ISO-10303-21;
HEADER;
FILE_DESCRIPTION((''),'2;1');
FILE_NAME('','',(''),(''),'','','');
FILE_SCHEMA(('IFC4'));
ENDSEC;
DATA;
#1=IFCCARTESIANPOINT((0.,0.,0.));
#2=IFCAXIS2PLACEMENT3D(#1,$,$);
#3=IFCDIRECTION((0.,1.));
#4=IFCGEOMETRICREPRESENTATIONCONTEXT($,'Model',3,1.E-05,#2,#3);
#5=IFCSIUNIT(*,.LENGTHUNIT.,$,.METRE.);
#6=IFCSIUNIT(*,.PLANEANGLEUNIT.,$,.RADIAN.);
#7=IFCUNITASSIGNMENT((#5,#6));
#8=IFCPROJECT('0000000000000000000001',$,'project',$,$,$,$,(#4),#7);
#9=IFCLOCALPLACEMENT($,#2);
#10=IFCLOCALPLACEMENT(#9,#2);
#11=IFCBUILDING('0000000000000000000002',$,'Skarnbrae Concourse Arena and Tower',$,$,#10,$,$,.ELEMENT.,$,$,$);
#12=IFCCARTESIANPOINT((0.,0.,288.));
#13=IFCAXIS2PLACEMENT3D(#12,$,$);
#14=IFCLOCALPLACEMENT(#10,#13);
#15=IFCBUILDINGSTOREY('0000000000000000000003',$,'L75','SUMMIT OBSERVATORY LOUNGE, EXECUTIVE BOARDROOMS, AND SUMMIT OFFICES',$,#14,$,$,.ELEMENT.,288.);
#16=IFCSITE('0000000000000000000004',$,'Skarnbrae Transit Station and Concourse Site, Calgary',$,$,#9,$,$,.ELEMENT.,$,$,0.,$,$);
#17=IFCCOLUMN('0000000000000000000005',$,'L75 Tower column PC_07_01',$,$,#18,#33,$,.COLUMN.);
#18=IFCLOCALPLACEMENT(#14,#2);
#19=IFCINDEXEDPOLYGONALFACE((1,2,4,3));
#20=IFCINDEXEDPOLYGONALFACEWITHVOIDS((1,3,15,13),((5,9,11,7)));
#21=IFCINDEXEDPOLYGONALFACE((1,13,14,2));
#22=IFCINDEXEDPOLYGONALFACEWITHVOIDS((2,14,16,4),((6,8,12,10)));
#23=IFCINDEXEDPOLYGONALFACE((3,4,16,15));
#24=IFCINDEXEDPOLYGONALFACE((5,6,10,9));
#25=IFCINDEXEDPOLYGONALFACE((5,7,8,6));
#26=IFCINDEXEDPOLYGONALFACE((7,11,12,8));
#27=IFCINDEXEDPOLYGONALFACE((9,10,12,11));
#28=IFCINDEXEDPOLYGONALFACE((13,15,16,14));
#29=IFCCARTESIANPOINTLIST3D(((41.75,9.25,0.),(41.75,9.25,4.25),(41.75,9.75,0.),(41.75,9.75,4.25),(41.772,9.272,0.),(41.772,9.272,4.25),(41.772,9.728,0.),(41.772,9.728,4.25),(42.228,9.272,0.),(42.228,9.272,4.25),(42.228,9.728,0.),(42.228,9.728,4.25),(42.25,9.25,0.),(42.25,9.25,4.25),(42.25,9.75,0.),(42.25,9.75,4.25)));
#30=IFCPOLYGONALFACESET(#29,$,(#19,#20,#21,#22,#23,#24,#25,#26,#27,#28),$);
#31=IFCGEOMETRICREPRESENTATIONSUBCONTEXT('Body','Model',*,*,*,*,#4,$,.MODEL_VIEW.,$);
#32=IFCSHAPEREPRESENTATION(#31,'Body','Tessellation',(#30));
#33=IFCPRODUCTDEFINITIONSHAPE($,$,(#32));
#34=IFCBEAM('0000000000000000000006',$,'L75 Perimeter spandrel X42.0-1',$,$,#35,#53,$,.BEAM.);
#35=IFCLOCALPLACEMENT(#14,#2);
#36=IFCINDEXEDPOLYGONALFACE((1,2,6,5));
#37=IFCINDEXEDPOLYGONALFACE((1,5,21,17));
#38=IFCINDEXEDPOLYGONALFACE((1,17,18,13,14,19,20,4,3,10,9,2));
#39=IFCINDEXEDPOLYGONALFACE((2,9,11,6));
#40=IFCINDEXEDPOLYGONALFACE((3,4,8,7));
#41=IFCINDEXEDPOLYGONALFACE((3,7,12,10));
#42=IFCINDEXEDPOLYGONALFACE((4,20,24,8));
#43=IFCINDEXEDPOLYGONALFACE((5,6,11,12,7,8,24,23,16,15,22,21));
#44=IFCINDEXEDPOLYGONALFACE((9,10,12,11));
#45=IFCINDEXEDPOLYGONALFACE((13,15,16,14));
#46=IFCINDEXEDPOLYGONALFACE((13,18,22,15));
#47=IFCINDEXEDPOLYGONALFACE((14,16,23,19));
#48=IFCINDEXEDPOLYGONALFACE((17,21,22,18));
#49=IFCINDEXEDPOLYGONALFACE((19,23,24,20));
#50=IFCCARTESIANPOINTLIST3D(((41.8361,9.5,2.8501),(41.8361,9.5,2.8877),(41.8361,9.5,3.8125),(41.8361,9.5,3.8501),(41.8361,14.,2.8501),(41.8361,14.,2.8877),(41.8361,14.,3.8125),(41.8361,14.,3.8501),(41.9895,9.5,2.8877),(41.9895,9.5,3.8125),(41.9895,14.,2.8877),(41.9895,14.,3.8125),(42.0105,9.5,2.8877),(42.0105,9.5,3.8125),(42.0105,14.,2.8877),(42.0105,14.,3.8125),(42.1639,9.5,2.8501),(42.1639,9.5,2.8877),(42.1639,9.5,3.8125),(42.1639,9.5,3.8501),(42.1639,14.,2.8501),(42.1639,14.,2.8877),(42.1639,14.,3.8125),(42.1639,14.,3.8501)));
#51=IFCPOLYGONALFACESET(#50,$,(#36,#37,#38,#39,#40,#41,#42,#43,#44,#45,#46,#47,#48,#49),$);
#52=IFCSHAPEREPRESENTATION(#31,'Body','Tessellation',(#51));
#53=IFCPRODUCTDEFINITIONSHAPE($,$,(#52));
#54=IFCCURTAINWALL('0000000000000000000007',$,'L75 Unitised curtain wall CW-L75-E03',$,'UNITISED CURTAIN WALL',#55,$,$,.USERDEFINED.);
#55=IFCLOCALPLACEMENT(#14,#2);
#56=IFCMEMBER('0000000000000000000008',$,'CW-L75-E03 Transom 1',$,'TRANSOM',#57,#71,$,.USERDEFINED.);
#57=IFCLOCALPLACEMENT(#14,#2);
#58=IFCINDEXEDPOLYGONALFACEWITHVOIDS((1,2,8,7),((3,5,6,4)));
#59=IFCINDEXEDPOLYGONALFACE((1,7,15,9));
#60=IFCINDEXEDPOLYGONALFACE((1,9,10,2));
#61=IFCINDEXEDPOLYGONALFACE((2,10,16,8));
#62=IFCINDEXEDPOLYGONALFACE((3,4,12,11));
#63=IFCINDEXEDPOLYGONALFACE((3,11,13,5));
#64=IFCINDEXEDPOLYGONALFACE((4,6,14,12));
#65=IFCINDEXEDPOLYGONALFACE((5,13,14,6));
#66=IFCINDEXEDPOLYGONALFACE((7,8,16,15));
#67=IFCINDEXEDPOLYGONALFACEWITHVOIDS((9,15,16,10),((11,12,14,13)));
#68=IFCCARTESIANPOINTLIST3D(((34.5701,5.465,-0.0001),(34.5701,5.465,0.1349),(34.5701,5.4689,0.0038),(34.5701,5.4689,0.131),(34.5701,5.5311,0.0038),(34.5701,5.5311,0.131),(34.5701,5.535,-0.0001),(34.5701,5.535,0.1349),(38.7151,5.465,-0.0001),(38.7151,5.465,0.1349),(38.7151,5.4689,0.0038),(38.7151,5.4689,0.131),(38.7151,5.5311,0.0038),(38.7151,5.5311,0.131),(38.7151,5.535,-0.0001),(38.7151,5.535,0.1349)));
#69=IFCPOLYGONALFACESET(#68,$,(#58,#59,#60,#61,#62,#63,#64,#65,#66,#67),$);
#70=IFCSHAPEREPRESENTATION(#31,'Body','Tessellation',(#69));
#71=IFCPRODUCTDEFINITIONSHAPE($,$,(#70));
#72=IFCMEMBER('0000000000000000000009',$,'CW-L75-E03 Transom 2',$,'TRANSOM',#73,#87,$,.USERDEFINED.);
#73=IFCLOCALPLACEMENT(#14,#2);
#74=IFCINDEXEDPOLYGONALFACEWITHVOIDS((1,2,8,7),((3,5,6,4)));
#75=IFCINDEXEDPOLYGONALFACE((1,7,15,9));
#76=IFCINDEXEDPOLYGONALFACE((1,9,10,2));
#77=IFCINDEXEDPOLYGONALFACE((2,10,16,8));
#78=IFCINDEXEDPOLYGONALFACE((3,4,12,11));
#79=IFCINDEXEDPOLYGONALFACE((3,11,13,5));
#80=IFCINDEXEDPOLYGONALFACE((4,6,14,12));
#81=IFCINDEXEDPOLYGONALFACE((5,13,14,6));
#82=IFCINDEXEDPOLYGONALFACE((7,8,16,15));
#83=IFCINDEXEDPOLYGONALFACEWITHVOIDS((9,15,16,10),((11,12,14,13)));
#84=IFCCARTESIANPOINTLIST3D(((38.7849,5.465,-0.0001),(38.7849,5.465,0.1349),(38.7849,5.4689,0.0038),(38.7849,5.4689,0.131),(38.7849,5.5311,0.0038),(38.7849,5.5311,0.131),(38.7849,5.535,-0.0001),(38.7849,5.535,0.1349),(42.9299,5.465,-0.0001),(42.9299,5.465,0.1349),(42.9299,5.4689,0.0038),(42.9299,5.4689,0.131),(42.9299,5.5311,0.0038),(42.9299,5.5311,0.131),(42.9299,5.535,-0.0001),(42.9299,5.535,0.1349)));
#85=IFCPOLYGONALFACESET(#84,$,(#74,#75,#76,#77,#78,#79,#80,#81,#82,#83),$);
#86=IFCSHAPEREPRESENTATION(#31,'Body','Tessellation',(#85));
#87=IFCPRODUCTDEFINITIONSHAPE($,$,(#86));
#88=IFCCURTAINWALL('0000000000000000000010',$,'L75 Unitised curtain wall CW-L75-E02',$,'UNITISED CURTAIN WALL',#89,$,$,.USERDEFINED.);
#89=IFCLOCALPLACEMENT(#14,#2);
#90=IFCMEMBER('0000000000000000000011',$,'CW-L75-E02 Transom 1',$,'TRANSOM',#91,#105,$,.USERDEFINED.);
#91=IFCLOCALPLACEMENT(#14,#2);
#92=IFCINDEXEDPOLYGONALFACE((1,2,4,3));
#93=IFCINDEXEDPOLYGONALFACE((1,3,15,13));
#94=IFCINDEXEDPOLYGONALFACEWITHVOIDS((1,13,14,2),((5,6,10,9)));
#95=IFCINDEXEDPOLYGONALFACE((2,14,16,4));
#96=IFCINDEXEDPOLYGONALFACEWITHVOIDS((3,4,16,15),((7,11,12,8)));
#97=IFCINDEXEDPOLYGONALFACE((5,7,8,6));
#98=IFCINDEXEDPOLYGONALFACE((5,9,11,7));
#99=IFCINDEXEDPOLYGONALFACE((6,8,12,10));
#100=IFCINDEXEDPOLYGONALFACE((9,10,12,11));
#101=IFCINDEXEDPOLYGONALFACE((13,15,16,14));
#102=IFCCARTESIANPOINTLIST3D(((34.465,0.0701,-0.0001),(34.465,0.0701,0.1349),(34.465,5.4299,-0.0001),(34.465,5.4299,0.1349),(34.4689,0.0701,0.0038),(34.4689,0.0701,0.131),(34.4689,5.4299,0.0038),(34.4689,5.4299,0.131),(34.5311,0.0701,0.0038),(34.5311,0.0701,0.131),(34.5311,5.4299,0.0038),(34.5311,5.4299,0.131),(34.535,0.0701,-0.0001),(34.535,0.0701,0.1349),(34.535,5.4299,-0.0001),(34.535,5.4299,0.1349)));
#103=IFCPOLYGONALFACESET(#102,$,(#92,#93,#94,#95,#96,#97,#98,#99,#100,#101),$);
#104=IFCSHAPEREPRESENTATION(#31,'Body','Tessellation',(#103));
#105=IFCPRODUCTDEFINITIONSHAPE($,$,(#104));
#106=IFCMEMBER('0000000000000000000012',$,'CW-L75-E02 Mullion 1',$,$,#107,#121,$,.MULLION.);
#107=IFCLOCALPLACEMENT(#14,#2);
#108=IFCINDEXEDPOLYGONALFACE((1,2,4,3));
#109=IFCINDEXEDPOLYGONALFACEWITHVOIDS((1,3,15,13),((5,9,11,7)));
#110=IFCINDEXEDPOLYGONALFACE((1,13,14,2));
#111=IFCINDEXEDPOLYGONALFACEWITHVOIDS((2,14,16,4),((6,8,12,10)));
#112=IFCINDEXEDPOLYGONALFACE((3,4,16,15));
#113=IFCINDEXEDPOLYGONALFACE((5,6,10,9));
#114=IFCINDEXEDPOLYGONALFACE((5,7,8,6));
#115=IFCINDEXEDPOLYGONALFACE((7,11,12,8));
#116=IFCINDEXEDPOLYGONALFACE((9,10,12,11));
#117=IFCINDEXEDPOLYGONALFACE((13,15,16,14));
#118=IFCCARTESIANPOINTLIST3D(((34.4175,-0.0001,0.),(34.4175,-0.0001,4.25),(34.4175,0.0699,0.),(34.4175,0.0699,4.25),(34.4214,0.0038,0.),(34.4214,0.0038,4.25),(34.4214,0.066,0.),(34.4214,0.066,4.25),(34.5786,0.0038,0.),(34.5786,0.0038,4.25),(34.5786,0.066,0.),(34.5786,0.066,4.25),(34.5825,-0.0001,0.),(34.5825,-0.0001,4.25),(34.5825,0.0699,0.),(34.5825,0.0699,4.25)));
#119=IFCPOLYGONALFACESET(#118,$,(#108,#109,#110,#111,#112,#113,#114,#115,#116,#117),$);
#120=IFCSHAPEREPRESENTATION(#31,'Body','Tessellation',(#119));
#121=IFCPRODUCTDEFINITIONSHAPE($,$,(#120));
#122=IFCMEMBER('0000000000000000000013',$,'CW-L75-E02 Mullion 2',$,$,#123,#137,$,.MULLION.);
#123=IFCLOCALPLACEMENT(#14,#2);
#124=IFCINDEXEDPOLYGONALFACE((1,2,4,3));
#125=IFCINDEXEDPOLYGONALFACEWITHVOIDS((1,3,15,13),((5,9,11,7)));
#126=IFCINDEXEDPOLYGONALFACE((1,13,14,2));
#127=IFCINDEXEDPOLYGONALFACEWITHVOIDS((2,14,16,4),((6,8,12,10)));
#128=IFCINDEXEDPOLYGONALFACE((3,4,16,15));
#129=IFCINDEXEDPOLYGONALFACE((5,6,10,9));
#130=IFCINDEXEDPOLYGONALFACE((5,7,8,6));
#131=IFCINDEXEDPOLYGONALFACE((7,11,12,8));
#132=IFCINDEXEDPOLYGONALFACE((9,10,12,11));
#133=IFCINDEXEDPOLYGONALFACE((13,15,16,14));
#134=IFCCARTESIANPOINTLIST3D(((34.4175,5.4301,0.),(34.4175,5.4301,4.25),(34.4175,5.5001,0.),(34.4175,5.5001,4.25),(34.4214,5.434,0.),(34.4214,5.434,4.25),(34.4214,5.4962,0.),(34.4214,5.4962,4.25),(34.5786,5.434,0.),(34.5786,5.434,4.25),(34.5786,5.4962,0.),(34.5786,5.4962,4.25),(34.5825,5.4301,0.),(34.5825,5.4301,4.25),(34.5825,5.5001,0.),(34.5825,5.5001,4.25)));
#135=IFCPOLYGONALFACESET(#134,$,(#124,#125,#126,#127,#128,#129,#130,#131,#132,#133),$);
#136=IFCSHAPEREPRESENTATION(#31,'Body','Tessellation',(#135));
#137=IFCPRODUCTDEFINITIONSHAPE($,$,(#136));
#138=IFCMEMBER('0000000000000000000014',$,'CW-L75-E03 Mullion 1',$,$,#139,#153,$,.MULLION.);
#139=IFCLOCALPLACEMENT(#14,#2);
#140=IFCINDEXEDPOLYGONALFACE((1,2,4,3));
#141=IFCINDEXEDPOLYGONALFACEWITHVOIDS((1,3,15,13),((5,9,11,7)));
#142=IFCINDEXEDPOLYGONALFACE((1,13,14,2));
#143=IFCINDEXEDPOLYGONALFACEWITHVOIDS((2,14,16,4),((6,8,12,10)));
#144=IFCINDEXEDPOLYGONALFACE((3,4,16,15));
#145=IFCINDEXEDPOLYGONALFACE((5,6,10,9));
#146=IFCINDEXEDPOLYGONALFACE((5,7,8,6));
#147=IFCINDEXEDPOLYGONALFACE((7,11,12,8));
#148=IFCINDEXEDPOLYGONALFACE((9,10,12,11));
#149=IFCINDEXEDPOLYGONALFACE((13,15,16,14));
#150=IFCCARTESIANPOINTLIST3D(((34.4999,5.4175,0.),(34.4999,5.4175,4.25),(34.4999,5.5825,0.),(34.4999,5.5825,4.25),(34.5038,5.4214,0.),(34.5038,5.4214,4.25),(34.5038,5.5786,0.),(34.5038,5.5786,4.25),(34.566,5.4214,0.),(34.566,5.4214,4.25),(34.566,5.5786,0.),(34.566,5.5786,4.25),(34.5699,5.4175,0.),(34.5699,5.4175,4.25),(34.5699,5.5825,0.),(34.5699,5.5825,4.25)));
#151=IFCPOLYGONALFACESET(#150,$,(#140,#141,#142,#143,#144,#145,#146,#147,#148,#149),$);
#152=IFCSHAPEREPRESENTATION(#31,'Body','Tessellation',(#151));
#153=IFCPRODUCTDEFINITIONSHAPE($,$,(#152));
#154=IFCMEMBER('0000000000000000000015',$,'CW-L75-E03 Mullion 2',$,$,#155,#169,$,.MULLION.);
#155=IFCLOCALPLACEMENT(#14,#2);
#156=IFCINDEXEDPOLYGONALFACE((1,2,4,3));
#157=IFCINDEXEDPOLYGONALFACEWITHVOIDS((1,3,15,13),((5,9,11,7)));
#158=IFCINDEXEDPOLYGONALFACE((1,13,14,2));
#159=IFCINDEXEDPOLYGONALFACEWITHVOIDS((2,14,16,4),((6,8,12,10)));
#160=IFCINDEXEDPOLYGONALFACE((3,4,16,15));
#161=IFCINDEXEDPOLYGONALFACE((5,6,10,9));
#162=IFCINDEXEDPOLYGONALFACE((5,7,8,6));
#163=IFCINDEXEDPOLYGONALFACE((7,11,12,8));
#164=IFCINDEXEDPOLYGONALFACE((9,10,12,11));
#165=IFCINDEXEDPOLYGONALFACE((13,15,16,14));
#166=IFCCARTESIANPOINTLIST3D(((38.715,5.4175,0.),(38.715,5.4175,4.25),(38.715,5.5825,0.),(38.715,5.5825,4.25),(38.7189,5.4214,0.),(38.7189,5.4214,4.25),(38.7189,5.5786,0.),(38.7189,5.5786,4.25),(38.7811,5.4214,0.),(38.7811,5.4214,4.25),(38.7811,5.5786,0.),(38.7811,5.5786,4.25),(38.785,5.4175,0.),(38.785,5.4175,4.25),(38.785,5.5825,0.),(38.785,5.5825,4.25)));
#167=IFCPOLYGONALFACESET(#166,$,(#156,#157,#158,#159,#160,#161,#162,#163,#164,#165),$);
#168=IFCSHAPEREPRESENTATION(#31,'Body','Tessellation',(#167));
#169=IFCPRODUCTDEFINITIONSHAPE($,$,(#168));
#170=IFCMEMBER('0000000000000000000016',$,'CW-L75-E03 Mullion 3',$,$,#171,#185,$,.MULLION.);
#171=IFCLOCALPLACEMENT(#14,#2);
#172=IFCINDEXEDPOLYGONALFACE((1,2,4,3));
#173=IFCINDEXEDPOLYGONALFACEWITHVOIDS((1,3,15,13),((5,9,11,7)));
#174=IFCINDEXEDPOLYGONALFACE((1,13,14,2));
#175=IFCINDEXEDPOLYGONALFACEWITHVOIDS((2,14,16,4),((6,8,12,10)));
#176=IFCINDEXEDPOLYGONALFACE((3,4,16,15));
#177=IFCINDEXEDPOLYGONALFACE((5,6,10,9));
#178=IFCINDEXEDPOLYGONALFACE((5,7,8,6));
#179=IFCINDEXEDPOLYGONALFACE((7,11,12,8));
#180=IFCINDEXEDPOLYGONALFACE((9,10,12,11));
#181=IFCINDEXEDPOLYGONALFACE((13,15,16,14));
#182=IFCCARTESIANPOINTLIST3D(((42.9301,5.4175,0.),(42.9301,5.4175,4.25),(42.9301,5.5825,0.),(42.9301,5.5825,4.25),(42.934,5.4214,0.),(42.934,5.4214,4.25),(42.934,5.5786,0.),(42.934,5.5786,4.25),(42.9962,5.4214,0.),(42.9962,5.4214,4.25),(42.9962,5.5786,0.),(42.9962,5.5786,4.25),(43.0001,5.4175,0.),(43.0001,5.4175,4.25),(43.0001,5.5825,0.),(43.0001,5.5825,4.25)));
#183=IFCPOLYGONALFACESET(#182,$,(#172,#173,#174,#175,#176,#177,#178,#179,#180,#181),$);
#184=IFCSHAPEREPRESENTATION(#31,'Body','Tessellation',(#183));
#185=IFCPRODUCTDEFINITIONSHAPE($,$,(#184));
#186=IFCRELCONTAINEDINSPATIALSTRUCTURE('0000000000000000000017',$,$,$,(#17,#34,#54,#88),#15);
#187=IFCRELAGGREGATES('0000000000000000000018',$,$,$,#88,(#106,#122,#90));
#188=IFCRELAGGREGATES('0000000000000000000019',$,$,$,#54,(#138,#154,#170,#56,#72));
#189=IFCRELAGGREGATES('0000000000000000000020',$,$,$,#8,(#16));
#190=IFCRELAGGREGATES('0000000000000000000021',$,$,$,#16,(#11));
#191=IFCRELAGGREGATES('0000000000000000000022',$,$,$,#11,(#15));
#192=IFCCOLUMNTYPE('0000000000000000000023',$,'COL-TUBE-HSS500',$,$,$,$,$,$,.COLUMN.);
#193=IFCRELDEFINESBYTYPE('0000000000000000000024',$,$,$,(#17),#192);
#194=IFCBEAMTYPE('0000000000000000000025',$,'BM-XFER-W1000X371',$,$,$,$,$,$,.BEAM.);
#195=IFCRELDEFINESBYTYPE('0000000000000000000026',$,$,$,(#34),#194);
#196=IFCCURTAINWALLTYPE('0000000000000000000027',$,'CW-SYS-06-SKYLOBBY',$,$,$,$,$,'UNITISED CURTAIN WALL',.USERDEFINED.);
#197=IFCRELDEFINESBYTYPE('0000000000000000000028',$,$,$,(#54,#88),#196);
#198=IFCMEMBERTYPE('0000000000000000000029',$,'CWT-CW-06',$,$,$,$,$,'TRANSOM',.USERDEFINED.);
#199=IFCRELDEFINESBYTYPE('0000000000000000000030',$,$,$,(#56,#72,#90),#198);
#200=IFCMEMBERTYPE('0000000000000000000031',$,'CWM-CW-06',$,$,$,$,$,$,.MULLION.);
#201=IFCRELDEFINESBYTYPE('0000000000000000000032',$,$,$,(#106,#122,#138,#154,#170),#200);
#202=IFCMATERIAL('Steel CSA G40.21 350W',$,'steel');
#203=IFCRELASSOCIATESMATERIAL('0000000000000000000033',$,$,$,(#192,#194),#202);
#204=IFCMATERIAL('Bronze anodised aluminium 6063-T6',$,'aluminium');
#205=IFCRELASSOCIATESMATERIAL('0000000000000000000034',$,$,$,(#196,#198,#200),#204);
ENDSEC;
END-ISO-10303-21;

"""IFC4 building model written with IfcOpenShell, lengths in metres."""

from ifc_helpers import new_model, si_unit, direction, frame, origin, origin_2d, place, context, subcontext, project, spatial, hollow_rectangle, i_section, extrude, source, transform, mapped, material, material_profile, profile_set, type_object, element, aggregate, save


model = new_model("IFC4")

# Units and contexts
model_context = context("Model", 3, precision=1e-05, world=origin(), true_north=direction((0.0, 1.0)))
body_context = subcontext(model_context, "Body", "Model", "MODEL_VIEW")
ifc_project = project(units=[si_unit("LENGTHUNIT", "METRE"), si_unit("PLANEANGLEUNIT", "RADIAN")], contexts=[model_context])

# Site, building, storey
site_placement = place(None, origin())
site = spatial("IfcSite", under=ifc_project, at=site_placement, Name="Skarnbrae Transit Station and Concourse Site, Calgary", CompositionType="ELEMENT", RefElevation=0.0)
building_placement = place(site_placement, origin())
building = spatial("IfcBuilding", under=site, at=building_placement, Name="Skarnbrae Concourse Arena and Tower", CompositionType="ELEMENT")
storey_placement = place(building_placement, frame((0.0, 0.0, 288.0)))
storey = spatial("IfcBuildingStorey", under=building, at=storey_placement, Name="L75", Description="SUMMIT OBSERVATORY LOUNGE, EXECUTIVE BOARDROOMS, AND SUMMIT OFFICES", CompositionType="ELEMENT", Elevation=288.0)

# Column
ifc_material_1 = material(Name="Steel CSA G40.21 350W", Category="steel")
ifc_material_profile_1 = material_profile(ifc_material_1, hollow_rectangle(XDim=0.5, YDim=0.5, WallThickness=0.022, at=origin_2d()), Name="HSS500X500X22.0")
ifc_profile_set_1 = profile_set([ifc_material_profile_1], Name="Steel CSA G40.21 350W")
column_type = type_object("IfcColumnType", Name="COL-TUBE-HSS500", PredefinedType="COLUMN", material=ifc_profile_set_1)
shared_shape_1 = source(origin(), body_context, "Body", "SweptSolid", [
    extrude(hollow_rectangle(XDim=0.5, YDim=0.5, WallThickness=0.022, at=origin_2d()), origin(), (0.0, 0.0, 1.0), 4.25),
])
column_placement = place(storey_placement, frame((42.0, 9.5, 0.0), z_axis=(0.0, 0.0, 1.0), x_axis=(1.0, 0.0, 0.0)))
element("IfcColumn", 1, at=column_placement, inside=storey, type_object=column_type, Name="L75 Tower column PC_07_01", PredefinedType="COLUMN", context=body_context, shape_type="MappedRepresentation", body=[
    mapped(shared_shape_1, transform((0.0, 0.0, 0.0))),
])

# Beam
ifc_material_profile_2 = material_profile(ifc_material_1, i_section(OverallWidth=0.3279, OverallDepth=1.0, WebThickness=0.021, FlangeThickness=0.0376, at=origin_2d()), Name="W1000X371")
ifc_profile_set_2 = profile_set([ifc_material_profile_2], Name="Steel CSA G40.21 350W")
beam_type = type_object("IfcBeamType", Name="BM-XFER-W1000X371", PredefinedType="BEAM", material=ifc_profile_set_2)
shared_shape_2 = source(origin(), body_context, "Body", "SweptSolid", [
    extrude(i_section(OverallWidth=0.3279, OverallDepth=1.0, WebThickness=0.021, FlangeThickness=0.0376, at=origin_2d()), origin(), (0.0, 0.0, 1.0), 4.5),
])
beam_placement = place(storey_placement, frame((42.0, 9.5, 3.3501), z_axis=(0.0, 1.0, 0.0), x_axis=(-1.0, 0.0, 0.0)))
element("IfcBeam", 2, at=beam_placement, inside=storey, type_object=beam_type, Name="L75 Perimeter spandrel X42.0-1", PredefinedType="BEAM", context=body_context, shape_type="MappedRepresentation", body=[
    mapped(shared_shape_2, transform((0.0, 0.0, 0.0))),
])

# Curtain walls, members
ifc_material_2 = material(Name="Bronze anodised aluminium 6063-T6", Category="aluminium")
curtain_wall_type = type_object("IfcCurtainWallType", Name="CW-SYS-06-SKYLOBBY", ElementType="UNITISED CURTAIN WALL", PredefinedType="USERDEFINED", material=ifc_material_2)
curtain_wall_1_placement = place(storey_placement, origin())
curtain_wall_1 = element("IfcCurtainWall", 3, at=curtain_wall_1_placement, inside=storey, type_object=curtain_wall_type, Name="L75 Unitised curtain wall CW-L75-E03", ObjectType="UNITISED CURTAIN WALL", PredefinedType="USERDEFINED")
ifc_material_profile_3 = material_profile(ifc_material_2, hollow_rectangle(XDim=0.0701, YDim=0.135, WallThickness=0.0039, at=origin_2d()), Name="ALU-TRAN-70X135")
ifc_profile_set_3 = profile_set([ifc_material_profile_3], Name="Bronze anodised aluminium 6063-T6")
member_type_1 = type_object("IfcMemberType", Name="CWT-CW-06", ElementType="TRANSOM", PredefinedType="USERDEFINED", material=ifc_profile_set_3)
shared_shape_3 = source(origin(), body_context, "Body", "SweptSolid", [
    extrude(hollow_rectangle(XDim=0.0701, YDim=0.135, WallThickness=0.0039, at=origin_2d()), origin(), (0.0, 0.0, 1.0), 4.145),
])
member_1_placement = place(storey_placement, frame((34.5701, 5.5, 0.0674), z_axis=(1.0, 0.0, 0.0), x_axis=(0.0, 1.0, 0.0)))
member_1 = element("IfcMember", 4, at=member_1_placement, type_object=member_type_1, Name="CW-L75-E03 Transom 1", ObjectType="TRANSOM", PredefinedType="USERDEFINED", context=body_context, shape_type="MappedRepresentation", body=[
    mapped(shared_shape_3, transform((0.0, 0.0, 0.0))),
])
member_2_placement = place(storey_placement, frame((38.7849, 5.5, 0.0674), z_axis=(1.0, 0.0, 0.0), x_axis=(0.0, 1.0, 0.0)))
member_2 = element("IfcMember", 5, at=member_2_placement, type_object=member_type_1, Name="CW-L75-E03 Transom 2", ObjectType="TRANSOM", PredefinedType="USERDEFINED", context=body_context, shape_type="MappedRepresentation", body=[
    mapped(shared_shape_3, transform((0.0, 0.0, 0.0))),
])
curtain_wall_2_placement = place(storey_placement, origin())
curtain_wall_2 = element("IfcCurtainWall", 6, at=curtain_wall_2_placement, inside=storey, type_object=curtain_wall_type, Name="L75 Unitised curtain wall CW-L75-E02", ObjectType="UNITISED CURTAIN WALL", PredefinedType="USERDEFINED")
shared_shape_4 = source(origin(), body_context, "Body", "SweptSolid", [
    extrude(hollow_rectangle(XDim=0.0701, YDim=0.135, WallThickness=0.0039, at=origin_2d()), origin(), (0.0, 0.0, 1.0), 5.3599),
])
member_3_placement = place(storey_placement, frame((34.5, 0.0701, 0.0674), z_axis=(0.0, 1.0, 0.0), x_axis=(-1.0, 0.0, 0.0)))
member_3 = element("IfcMember", 7, at=member_3_placement, type_object=member_type_1, Name="CW-L75-E02 Transom 1", ObjectType="TRANSOM", PredefinedType="USERDEFINED", context=body_context, shape_type="MappedRepresentation", body=[
    mapped(shared_shape_4, transform((0.0, 0.0, 0.0))),
])
ifc_material_profile_4 = material_profile(ifc_material_2, hollow_rectangle(XDim=0.0701, YDim=0.165, WallThickness=0.0039, at=origin_2d()), Name="ALU-MULL-70X165")
ifc_profile_set_4 = profile_set([ifc_material_profile_4], Name="Bronze anodised aluminium 6063-T6")
member_type_2 = type_object("IfcMemberType", Name="CWM-CW-06", PredefinedType="MULLION", material=ifc_profile_set_4)
shared_shape_5 = source(origin(), body_context, "Body", "SweptSolid", [
    extrude(hollow_rectangle(XDim=0.0701, YDim=0.165, WallThickness=0.0039, at=origin_2d()), origin(), (0.0, 0.0, 1.0), 4.25),
])
member_4_placement = place(storey_placement, frame((34.5, 0.0349, 0.0), z_axis=(0.0, 0.0, 1.0), x_axis=(0.0, 1.0, 0.0)))
member_4 = element("IfcMember", 8, at=member_4_placement, type_object=member_type_2, Name="CW-L75-E02 Mullion 1", PredefinedType="MULLION", context=body_context, shape_type="MappedRepresentation", body=[
    mapped(shared_shape_5, transform((0.0, 0.0, 0.0))),
])
member_5_placement = place(storey_placement, frame((34.5, 5.4651, 0.0), z_axis=(0.0, 0.0, 1.0), x_axis=(0.0, 1.0, 0.0)))
member_5 = element("IfcMember", 9, at=member_5_placement, type_object=member_type_2, Name="CW-L75-E02 Mullion 2", PredefinedType="MULLION", context=body_context, shape_type="MappedRepresentation", body=[
    mapped(shared_shape_5, transform((0.0, 0.0, 0.0))),
])

# Members
member_6_placement = place(storey_placement, frame((34.5349, 5.5, 0.0), z_axis=(0.0, 0.0, 1.0), x_axis=(1.0, 0.0, 0.0)))
member_6 = element("IfcMember", 10, at=member_6_placement, type_object=member_type_2, Name="CW-L75-E03 Mullion 1", PredefinedType="MULLION", context=body_context, shape_type="MappedRepresentation", body=[
    mapped(shared_shape_5, transform((0.0, 0.0, 0.0))),
])
member_7_placement = place(storey_placement, frame((38.75, 5.5, 0.0), z_axis=(0.0, 0.0, 1.0), x_axis=(1.0, 0.0, 0.0)))
member_7 = element("IfcMember", 11, at=member_7_placement, type_object=member_type_2, Name="CW-L75-E03 Mullion 2", PredefinedType="MULLION", context=body_context, shape_type="MappedRepresentation", body=[
    mapped(shared_shape_5, transform((0.0, 0.0, 0.0))),
])
member_8_placement = place(storey_placement, frame((42.9651, 5.5, 0.0), z_axis=(0.0, 0.0, 1.0), x_axis=(1.0, 0.0, 0.0)))
member_8 = element("IfcMember", 12, at=member_8_placement, type_object=member_type_2, Name="CW-L75-E03 Mullion 3", PredefinedType="MULLION", context=body_context, shape_type="MappedRepresentation", body=[
    mapped(shared_shape_5, transform((0.0, 0.0, 0.0))),
])

aggregate(curtain_wall_2, [member_4, member_5, member_3])
aggregate(curtain_wall_1, [member_6, member_7, member_8, member_1, member_2])

save(model, "model.ifc")
